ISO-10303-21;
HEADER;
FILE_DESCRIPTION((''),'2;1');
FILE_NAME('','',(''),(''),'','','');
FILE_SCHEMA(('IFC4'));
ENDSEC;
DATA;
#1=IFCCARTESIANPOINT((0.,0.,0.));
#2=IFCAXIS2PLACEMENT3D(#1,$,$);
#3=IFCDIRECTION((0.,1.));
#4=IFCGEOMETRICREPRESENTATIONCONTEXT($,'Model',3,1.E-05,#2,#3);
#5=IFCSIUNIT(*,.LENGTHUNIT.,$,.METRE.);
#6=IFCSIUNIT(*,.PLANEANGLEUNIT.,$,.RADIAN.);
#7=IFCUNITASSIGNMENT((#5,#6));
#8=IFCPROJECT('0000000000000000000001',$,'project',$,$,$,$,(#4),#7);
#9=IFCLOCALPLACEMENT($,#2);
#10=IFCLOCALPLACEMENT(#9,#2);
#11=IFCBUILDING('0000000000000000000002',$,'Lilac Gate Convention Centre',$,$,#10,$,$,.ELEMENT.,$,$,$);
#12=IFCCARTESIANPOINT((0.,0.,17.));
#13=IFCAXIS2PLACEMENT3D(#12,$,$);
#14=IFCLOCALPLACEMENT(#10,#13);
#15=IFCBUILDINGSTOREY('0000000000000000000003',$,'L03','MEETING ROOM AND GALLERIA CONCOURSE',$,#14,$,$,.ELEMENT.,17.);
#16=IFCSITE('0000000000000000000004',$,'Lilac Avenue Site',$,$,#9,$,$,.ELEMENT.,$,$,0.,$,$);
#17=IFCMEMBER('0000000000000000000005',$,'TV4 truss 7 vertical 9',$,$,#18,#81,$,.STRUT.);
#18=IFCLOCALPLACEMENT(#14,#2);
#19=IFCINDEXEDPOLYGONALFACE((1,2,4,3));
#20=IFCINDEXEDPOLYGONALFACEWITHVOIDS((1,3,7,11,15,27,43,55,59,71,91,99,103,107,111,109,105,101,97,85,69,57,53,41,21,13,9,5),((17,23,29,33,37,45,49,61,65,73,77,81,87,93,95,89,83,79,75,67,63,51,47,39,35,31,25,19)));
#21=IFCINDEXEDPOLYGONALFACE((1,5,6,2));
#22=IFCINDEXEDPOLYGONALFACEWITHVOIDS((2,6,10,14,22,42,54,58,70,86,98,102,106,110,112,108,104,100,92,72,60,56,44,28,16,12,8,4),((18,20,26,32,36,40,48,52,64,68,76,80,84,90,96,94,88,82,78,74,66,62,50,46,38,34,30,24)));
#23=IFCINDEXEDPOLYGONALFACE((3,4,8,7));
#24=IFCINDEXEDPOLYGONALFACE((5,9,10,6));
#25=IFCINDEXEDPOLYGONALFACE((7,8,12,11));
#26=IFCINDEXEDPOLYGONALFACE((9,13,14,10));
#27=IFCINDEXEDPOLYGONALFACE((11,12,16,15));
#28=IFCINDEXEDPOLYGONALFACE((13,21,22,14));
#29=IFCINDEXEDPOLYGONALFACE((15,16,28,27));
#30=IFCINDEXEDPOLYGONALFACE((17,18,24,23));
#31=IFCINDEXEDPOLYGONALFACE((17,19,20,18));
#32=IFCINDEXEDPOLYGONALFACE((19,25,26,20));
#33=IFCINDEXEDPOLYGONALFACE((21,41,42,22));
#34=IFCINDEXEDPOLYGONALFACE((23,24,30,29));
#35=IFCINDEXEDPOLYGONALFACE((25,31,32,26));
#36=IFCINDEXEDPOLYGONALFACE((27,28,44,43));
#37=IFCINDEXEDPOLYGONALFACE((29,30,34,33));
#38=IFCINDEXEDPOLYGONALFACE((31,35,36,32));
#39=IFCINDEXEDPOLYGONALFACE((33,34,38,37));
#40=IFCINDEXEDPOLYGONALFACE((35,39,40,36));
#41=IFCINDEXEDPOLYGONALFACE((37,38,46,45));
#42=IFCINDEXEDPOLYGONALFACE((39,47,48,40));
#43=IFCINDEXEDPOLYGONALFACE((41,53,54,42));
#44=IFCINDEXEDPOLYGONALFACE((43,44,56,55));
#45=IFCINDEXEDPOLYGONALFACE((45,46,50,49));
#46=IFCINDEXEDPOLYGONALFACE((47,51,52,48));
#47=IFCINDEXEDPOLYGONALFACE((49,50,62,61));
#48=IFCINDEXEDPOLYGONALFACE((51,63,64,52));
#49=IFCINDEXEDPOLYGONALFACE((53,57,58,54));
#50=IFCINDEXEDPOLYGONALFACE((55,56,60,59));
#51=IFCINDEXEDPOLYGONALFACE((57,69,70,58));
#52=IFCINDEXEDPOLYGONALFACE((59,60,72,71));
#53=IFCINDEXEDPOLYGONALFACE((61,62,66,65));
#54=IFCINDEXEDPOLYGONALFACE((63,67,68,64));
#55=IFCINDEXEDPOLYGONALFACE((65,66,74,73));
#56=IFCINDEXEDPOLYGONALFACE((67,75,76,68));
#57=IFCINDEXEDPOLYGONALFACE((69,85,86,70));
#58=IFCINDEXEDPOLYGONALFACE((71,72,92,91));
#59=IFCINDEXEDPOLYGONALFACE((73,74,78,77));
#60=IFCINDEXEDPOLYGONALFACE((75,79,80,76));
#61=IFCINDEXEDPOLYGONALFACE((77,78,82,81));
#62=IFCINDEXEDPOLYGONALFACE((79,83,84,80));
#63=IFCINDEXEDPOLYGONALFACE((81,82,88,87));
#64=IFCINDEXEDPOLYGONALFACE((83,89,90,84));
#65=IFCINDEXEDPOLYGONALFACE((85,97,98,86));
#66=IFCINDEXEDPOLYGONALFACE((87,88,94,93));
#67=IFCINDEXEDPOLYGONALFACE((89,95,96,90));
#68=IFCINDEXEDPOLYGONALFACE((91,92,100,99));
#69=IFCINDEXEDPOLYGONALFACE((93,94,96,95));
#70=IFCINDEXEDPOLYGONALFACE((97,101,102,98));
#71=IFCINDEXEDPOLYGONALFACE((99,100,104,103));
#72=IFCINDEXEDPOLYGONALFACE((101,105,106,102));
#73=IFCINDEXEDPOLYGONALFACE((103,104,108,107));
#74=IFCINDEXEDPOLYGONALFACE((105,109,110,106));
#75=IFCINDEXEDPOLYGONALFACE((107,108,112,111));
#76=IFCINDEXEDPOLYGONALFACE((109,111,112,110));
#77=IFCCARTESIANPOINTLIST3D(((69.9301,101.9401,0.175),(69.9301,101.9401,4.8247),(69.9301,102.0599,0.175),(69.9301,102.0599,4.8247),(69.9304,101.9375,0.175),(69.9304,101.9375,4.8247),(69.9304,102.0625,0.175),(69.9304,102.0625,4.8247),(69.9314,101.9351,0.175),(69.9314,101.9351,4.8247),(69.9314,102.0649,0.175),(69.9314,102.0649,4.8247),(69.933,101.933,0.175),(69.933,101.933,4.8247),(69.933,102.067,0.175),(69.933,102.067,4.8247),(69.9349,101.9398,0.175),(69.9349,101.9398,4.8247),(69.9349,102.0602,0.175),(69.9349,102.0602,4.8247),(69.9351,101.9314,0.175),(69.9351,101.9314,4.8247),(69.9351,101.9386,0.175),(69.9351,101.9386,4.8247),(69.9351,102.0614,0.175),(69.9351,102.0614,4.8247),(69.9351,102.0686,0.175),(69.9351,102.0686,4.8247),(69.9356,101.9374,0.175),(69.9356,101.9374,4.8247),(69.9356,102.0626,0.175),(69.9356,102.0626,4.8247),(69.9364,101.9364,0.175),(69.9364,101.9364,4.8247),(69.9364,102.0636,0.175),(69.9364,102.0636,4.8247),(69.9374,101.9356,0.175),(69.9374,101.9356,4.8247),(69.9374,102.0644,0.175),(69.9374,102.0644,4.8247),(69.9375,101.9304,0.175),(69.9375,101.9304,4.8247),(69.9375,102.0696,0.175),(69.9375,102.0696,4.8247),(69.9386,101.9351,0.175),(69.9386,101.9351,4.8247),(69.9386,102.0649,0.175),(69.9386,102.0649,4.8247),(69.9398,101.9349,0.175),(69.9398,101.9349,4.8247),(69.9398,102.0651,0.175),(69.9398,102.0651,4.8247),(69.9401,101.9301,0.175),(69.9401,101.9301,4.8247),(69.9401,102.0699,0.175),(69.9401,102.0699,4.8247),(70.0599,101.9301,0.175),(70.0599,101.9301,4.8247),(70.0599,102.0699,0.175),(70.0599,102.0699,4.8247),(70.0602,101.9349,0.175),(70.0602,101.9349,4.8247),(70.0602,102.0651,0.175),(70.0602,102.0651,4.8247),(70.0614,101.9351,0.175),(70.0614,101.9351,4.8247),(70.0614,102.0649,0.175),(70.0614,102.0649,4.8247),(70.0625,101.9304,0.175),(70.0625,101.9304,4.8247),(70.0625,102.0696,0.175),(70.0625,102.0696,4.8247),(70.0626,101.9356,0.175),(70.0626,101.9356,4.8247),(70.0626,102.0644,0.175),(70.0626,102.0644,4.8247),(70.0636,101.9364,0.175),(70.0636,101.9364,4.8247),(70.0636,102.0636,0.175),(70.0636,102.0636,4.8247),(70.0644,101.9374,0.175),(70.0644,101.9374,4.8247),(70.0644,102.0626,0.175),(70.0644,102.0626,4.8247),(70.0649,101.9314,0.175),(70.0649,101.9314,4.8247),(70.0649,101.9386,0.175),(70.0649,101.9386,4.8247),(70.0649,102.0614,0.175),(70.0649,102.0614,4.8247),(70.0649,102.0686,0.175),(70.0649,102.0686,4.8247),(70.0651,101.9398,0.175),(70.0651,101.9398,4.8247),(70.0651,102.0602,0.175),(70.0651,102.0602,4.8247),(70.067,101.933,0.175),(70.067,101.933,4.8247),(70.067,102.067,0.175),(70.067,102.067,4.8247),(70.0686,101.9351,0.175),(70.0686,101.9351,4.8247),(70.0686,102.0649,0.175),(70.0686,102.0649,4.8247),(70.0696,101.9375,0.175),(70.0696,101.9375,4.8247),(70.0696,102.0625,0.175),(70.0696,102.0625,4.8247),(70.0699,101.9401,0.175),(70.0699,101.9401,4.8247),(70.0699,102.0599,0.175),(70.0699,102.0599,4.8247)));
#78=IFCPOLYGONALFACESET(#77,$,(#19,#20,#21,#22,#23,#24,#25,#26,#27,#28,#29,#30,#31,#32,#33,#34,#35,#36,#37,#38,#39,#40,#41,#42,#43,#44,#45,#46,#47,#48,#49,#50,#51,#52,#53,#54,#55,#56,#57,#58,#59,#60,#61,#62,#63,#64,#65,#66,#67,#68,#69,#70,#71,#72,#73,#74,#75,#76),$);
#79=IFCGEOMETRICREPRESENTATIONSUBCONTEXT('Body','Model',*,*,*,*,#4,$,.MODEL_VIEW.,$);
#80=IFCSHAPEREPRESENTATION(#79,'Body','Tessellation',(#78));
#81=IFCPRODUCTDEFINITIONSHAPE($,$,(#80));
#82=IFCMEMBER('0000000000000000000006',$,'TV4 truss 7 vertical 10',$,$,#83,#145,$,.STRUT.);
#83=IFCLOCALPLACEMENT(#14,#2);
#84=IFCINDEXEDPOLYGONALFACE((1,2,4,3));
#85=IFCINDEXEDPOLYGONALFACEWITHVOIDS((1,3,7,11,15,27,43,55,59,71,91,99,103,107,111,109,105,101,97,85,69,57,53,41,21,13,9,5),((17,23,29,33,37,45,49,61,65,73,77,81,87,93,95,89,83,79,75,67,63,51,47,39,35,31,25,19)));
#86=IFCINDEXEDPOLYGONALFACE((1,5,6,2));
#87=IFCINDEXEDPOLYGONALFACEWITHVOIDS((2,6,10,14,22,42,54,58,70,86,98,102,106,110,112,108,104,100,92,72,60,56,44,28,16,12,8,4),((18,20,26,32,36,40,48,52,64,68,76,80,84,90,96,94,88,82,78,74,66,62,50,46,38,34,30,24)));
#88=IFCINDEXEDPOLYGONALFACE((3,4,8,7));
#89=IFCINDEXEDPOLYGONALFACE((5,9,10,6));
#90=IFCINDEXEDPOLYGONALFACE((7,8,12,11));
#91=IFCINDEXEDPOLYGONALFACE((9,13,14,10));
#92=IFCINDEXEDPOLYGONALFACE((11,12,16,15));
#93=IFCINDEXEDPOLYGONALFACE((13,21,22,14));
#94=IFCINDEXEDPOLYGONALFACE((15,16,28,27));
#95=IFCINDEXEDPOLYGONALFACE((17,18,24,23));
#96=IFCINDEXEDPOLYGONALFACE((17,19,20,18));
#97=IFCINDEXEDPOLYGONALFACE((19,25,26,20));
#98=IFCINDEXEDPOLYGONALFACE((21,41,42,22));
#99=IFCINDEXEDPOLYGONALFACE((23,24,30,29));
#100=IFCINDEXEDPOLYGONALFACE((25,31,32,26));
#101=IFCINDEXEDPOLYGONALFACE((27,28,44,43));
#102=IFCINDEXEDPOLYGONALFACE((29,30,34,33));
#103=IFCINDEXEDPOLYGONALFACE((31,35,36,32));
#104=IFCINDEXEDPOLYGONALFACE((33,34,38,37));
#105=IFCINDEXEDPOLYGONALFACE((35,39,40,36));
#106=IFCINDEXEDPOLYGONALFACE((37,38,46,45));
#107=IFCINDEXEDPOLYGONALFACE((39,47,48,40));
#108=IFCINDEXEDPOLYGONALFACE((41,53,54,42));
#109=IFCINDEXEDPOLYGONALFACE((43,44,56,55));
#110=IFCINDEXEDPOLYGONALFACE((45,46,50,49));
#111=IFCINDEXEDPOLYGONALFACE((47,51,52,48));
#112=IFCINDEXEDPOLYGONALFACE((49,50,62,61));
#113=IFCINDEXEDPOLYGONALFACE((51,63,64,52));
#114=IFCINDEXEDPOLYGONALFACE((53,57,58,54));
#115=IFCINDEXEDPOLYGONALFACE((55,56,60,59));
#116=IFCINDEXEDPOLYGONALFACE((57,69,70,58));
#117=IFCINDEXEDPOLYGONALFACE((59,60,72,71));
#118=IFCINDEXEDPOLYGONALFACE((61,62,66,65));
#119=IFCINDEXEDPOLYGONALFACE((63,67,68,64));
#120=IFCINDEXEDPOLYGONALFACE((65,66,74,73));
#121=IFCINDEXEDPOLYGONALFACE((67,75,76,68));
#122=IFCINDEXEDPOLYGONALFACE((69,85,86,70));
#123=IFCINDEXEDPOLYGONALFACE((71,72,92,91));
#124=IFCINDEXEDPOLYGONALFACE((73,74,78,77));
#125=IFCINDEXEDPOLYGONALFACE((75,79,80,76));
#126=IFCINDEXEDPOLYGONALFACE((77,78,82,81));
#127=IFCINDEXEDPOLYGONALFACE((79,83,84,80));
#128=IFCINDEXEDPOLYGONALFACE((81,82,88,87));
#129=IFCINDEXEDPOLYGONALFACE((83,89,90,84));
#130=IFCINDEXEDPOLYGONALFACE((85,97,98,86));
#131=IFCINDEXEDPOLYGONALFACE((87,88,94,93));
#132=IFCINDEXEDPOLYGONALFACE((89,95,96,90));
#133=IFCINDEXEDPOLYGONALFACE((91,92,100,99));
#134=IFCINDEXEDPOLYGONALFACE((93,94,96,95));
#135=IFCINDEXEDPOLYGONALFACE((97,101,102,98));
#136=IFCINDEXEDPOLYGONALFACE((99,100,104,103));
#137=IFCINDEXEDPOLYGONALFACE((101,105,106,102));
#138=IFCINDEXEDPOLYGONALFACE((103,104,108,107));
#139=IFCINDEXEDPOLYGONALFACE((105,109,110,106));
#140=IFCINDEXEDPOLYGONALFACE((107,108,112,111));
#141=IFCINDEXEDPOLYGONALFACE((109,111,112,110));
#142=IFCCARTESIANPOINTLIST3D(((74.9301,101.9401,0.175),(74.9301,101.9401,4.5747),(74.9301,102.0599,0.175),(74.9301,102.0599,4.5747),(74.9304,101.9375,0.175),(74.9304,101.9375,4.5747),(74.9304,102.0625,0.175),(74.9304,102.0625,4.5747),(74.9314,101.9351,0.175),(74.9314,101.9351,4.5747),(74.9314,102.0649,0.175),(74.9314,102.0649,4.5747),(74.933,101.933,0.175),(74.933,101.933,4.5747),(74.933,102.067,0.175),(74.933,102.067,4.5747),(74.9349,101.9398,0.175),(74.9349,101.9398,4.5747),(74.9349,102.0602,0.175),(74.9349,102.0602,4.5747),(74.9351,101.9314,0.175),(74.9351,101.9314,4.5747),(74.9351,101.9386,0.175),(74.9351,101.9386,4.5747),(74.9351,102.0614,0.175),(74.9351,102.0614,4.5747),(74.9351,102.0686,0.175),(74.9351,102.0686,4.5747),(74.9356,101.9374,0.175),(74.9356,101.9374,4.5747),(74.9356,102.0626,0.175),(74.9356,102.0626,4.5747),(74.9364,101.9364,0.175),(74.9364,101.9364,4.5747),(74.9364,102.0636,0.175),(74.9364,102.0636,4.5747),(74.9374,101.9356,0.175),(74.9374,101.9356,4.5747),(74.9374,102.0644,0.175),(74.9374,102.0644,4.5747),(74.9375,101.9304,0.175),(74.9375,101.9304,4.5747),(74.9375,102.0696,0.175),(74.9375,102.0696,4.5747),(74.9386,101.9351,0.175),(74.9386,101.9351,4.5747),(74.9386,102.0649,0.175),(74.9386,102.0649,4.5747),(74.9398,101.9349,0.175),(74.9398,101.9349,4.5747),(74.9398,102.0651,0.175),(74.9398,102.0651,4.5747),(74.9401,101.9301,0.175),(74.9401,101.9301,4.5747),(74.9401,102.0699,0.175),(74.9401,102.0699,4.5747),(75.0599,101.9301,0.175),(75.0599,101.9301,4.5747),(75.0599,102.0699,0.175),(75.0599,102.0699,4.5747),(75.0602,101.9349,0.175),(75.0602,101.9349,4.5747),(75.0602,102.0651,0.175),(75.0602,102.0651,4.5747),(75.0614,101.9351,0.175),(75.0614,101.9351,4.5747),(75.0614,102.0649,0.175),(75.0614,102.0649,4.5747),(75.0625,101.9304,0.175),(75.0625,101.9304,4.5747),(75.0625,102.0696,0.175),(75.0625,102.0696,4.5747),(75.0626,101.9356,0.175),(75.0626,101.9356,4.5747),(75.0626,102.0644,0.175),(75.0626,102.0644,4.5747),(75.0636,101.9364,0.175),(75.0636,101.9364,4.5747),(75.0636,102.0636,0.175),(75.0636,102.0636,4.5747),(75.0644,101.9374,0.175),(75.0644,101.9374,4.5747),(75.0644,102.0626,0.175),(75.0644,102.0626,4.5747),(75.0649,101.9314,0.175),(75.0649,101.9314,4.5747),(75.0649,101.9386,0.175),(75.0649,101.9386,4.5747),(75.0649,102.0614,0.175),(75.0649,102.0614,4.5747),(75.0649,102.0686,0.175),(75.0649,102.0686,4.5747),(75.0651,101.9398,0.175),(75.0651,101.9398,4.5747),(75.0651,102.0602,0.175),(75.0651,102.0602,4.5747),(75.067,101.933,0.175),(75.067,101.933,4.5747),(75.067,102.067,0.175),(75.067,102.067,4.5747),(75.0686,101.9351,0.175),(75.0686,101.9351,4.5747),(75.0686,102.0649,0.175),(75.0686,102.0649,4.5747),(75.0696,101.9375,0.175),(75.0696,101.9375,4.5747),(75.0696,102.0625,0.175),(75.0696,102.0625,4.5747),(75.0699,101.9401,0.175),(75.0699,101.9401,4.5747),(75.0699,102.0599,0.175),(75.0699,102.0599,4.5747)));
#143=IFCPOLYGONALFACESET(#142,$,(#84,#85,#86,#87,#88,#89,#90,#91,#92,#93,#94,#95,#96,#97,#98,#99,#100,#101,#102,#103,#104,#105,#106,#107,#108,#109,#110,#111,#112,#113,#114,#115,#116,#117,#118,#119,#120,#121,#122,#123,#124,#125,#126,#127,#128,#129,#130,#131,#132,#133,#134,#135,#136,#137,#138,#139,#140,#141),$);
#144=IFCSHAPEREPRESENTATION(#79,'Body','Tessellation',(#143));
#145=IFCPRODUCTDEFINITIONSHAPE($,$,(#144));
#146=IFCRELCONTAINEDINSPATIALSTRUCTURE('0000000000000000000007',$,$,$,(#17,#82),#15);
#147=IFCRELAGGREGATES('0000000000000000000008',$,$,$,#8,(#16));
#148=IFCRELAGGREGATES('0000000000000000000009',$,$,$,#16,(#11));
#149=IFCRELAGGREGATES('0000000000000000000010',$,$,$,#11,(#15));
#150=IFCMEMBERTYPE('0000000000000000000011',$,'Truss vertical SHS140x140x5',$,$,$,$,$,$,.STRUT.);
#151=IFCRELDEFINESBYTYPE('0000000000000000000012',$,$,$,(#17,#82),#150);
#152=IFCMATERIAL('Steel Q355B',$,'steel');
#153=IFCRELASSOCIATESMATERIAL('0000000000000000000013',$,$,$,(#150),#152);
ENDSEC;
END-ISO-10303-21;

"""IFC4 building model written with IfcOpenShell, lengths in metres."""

from ifc_helpers import new_model, si_unit, direction, frame, origin, origin_2d, place, context, subcontext, project, spatial, hollow_rectangle, extrude, material, material_profile, profile_set, type_object, element, save


model = new_model("IFC4")

# Units and contexts
model_context = context("Model", 3, precision=1e-05, world=origin(), true_north=direction((0.0, 1.0)))
body_context = subcontext(model_context, "Body", "Model", "MODEL_VIEW")
ifc_project = project(units=[si_unit("LENGTHUNIT", "METRE"), si_unit("PLANEANGLEUNIT", "RADIAN")], contexts=[model_context])

# Site, building, storey
site_placement = place(None, origin())
site = spatial("IfcSite", under=ifc_project, at=site_placement, Name="Lilac Avenue Site", CompositionType="ELEMENT", RefElevation=0.0)
building_placement = place(site_placement, origin())
building = spatial("IfcBuilding", under=site, at=building_placement, Name="Lilac Gate Convention Centre", CompositionType="ELEMENT")
storey_placement = place(building_placement, frame((0.0, 0.0, 17.0)))
storey = spatial("IfcBuildingStorey", under=building, at=storey_placement, Name="L03", Description="MEETING ROOM AND GALLERIA CONCOURSE", CompositionType="ELEMENT", Elevation=17.0)

# Members
ifc_material = material(Name="Steel Q355B", Category="steel")
ifc_material_profile_1 = material_profile(ifc_material, hollow_rectangle(XDim=0.1399, YDim=0.1399, WallThickness=0.0049, InnerFilletRadius=0.0049, OuterFilletRadius=0.01, at=origin_2d()), Name="SHS140x140x5")
ifc_profile_set_1 = profile_set([ifc_material_profile_1], Name="Steel Q355B")
member_type_1 = type_object("IfcMemberType", Name="Truss vertical SHS140x140x5", PredefinedType="STRUT", material=ifc_profile_set_1)
member_1_placement = place(storey_placement, frame((70.0, 102.0, 0.175), z_axis=(0.0, 0.0, 1.0), x_axis=(1.0, 0.0, 0.0)))
element("IfcMember", 1, at=member_1_placement, inside=storey, type_object=member_type_1, Name="TV4 truss 7 vertical 9", PredefinedType="STRUT", context=body_context, shape_type="SweptSolid", body=[
    extrude(hollow_rectangle(XDim=0.1399, YDim=0.1399, WallThickness=0.0049, InnerFilletRadius=0.0049, OuterFilletRadius=0.01, at=origin_2d()), origin(), (0.0, 0.0, 1.0), 4.6497),
])
member_2_placement = place(storey_placement, frame((75.0, 102.0, 0.175), z_axis=(0.0, 0.0, 1.0), x_axis=(1.0, 0.0, 0.0)))
element("IfcMember", 2, at=member_2_placement, inside=storey, type_object=member_type_1, Name="TV4 truss 7 vertical 10", PredefinedType="STRUT", context=body_context, shape_type="SweptSolid", body=[
    extrude(hollow_rectangle(XDim=0.1399, YDim=0.1399, WallThickness=0.0049, InnerFilletRadius=0.0049, OuterFilletRadius=0.01, at=origin_2d()), origin(), (0.0, 0.0, 1.0), 4.3997),
])

save(model, "model.ifc")
